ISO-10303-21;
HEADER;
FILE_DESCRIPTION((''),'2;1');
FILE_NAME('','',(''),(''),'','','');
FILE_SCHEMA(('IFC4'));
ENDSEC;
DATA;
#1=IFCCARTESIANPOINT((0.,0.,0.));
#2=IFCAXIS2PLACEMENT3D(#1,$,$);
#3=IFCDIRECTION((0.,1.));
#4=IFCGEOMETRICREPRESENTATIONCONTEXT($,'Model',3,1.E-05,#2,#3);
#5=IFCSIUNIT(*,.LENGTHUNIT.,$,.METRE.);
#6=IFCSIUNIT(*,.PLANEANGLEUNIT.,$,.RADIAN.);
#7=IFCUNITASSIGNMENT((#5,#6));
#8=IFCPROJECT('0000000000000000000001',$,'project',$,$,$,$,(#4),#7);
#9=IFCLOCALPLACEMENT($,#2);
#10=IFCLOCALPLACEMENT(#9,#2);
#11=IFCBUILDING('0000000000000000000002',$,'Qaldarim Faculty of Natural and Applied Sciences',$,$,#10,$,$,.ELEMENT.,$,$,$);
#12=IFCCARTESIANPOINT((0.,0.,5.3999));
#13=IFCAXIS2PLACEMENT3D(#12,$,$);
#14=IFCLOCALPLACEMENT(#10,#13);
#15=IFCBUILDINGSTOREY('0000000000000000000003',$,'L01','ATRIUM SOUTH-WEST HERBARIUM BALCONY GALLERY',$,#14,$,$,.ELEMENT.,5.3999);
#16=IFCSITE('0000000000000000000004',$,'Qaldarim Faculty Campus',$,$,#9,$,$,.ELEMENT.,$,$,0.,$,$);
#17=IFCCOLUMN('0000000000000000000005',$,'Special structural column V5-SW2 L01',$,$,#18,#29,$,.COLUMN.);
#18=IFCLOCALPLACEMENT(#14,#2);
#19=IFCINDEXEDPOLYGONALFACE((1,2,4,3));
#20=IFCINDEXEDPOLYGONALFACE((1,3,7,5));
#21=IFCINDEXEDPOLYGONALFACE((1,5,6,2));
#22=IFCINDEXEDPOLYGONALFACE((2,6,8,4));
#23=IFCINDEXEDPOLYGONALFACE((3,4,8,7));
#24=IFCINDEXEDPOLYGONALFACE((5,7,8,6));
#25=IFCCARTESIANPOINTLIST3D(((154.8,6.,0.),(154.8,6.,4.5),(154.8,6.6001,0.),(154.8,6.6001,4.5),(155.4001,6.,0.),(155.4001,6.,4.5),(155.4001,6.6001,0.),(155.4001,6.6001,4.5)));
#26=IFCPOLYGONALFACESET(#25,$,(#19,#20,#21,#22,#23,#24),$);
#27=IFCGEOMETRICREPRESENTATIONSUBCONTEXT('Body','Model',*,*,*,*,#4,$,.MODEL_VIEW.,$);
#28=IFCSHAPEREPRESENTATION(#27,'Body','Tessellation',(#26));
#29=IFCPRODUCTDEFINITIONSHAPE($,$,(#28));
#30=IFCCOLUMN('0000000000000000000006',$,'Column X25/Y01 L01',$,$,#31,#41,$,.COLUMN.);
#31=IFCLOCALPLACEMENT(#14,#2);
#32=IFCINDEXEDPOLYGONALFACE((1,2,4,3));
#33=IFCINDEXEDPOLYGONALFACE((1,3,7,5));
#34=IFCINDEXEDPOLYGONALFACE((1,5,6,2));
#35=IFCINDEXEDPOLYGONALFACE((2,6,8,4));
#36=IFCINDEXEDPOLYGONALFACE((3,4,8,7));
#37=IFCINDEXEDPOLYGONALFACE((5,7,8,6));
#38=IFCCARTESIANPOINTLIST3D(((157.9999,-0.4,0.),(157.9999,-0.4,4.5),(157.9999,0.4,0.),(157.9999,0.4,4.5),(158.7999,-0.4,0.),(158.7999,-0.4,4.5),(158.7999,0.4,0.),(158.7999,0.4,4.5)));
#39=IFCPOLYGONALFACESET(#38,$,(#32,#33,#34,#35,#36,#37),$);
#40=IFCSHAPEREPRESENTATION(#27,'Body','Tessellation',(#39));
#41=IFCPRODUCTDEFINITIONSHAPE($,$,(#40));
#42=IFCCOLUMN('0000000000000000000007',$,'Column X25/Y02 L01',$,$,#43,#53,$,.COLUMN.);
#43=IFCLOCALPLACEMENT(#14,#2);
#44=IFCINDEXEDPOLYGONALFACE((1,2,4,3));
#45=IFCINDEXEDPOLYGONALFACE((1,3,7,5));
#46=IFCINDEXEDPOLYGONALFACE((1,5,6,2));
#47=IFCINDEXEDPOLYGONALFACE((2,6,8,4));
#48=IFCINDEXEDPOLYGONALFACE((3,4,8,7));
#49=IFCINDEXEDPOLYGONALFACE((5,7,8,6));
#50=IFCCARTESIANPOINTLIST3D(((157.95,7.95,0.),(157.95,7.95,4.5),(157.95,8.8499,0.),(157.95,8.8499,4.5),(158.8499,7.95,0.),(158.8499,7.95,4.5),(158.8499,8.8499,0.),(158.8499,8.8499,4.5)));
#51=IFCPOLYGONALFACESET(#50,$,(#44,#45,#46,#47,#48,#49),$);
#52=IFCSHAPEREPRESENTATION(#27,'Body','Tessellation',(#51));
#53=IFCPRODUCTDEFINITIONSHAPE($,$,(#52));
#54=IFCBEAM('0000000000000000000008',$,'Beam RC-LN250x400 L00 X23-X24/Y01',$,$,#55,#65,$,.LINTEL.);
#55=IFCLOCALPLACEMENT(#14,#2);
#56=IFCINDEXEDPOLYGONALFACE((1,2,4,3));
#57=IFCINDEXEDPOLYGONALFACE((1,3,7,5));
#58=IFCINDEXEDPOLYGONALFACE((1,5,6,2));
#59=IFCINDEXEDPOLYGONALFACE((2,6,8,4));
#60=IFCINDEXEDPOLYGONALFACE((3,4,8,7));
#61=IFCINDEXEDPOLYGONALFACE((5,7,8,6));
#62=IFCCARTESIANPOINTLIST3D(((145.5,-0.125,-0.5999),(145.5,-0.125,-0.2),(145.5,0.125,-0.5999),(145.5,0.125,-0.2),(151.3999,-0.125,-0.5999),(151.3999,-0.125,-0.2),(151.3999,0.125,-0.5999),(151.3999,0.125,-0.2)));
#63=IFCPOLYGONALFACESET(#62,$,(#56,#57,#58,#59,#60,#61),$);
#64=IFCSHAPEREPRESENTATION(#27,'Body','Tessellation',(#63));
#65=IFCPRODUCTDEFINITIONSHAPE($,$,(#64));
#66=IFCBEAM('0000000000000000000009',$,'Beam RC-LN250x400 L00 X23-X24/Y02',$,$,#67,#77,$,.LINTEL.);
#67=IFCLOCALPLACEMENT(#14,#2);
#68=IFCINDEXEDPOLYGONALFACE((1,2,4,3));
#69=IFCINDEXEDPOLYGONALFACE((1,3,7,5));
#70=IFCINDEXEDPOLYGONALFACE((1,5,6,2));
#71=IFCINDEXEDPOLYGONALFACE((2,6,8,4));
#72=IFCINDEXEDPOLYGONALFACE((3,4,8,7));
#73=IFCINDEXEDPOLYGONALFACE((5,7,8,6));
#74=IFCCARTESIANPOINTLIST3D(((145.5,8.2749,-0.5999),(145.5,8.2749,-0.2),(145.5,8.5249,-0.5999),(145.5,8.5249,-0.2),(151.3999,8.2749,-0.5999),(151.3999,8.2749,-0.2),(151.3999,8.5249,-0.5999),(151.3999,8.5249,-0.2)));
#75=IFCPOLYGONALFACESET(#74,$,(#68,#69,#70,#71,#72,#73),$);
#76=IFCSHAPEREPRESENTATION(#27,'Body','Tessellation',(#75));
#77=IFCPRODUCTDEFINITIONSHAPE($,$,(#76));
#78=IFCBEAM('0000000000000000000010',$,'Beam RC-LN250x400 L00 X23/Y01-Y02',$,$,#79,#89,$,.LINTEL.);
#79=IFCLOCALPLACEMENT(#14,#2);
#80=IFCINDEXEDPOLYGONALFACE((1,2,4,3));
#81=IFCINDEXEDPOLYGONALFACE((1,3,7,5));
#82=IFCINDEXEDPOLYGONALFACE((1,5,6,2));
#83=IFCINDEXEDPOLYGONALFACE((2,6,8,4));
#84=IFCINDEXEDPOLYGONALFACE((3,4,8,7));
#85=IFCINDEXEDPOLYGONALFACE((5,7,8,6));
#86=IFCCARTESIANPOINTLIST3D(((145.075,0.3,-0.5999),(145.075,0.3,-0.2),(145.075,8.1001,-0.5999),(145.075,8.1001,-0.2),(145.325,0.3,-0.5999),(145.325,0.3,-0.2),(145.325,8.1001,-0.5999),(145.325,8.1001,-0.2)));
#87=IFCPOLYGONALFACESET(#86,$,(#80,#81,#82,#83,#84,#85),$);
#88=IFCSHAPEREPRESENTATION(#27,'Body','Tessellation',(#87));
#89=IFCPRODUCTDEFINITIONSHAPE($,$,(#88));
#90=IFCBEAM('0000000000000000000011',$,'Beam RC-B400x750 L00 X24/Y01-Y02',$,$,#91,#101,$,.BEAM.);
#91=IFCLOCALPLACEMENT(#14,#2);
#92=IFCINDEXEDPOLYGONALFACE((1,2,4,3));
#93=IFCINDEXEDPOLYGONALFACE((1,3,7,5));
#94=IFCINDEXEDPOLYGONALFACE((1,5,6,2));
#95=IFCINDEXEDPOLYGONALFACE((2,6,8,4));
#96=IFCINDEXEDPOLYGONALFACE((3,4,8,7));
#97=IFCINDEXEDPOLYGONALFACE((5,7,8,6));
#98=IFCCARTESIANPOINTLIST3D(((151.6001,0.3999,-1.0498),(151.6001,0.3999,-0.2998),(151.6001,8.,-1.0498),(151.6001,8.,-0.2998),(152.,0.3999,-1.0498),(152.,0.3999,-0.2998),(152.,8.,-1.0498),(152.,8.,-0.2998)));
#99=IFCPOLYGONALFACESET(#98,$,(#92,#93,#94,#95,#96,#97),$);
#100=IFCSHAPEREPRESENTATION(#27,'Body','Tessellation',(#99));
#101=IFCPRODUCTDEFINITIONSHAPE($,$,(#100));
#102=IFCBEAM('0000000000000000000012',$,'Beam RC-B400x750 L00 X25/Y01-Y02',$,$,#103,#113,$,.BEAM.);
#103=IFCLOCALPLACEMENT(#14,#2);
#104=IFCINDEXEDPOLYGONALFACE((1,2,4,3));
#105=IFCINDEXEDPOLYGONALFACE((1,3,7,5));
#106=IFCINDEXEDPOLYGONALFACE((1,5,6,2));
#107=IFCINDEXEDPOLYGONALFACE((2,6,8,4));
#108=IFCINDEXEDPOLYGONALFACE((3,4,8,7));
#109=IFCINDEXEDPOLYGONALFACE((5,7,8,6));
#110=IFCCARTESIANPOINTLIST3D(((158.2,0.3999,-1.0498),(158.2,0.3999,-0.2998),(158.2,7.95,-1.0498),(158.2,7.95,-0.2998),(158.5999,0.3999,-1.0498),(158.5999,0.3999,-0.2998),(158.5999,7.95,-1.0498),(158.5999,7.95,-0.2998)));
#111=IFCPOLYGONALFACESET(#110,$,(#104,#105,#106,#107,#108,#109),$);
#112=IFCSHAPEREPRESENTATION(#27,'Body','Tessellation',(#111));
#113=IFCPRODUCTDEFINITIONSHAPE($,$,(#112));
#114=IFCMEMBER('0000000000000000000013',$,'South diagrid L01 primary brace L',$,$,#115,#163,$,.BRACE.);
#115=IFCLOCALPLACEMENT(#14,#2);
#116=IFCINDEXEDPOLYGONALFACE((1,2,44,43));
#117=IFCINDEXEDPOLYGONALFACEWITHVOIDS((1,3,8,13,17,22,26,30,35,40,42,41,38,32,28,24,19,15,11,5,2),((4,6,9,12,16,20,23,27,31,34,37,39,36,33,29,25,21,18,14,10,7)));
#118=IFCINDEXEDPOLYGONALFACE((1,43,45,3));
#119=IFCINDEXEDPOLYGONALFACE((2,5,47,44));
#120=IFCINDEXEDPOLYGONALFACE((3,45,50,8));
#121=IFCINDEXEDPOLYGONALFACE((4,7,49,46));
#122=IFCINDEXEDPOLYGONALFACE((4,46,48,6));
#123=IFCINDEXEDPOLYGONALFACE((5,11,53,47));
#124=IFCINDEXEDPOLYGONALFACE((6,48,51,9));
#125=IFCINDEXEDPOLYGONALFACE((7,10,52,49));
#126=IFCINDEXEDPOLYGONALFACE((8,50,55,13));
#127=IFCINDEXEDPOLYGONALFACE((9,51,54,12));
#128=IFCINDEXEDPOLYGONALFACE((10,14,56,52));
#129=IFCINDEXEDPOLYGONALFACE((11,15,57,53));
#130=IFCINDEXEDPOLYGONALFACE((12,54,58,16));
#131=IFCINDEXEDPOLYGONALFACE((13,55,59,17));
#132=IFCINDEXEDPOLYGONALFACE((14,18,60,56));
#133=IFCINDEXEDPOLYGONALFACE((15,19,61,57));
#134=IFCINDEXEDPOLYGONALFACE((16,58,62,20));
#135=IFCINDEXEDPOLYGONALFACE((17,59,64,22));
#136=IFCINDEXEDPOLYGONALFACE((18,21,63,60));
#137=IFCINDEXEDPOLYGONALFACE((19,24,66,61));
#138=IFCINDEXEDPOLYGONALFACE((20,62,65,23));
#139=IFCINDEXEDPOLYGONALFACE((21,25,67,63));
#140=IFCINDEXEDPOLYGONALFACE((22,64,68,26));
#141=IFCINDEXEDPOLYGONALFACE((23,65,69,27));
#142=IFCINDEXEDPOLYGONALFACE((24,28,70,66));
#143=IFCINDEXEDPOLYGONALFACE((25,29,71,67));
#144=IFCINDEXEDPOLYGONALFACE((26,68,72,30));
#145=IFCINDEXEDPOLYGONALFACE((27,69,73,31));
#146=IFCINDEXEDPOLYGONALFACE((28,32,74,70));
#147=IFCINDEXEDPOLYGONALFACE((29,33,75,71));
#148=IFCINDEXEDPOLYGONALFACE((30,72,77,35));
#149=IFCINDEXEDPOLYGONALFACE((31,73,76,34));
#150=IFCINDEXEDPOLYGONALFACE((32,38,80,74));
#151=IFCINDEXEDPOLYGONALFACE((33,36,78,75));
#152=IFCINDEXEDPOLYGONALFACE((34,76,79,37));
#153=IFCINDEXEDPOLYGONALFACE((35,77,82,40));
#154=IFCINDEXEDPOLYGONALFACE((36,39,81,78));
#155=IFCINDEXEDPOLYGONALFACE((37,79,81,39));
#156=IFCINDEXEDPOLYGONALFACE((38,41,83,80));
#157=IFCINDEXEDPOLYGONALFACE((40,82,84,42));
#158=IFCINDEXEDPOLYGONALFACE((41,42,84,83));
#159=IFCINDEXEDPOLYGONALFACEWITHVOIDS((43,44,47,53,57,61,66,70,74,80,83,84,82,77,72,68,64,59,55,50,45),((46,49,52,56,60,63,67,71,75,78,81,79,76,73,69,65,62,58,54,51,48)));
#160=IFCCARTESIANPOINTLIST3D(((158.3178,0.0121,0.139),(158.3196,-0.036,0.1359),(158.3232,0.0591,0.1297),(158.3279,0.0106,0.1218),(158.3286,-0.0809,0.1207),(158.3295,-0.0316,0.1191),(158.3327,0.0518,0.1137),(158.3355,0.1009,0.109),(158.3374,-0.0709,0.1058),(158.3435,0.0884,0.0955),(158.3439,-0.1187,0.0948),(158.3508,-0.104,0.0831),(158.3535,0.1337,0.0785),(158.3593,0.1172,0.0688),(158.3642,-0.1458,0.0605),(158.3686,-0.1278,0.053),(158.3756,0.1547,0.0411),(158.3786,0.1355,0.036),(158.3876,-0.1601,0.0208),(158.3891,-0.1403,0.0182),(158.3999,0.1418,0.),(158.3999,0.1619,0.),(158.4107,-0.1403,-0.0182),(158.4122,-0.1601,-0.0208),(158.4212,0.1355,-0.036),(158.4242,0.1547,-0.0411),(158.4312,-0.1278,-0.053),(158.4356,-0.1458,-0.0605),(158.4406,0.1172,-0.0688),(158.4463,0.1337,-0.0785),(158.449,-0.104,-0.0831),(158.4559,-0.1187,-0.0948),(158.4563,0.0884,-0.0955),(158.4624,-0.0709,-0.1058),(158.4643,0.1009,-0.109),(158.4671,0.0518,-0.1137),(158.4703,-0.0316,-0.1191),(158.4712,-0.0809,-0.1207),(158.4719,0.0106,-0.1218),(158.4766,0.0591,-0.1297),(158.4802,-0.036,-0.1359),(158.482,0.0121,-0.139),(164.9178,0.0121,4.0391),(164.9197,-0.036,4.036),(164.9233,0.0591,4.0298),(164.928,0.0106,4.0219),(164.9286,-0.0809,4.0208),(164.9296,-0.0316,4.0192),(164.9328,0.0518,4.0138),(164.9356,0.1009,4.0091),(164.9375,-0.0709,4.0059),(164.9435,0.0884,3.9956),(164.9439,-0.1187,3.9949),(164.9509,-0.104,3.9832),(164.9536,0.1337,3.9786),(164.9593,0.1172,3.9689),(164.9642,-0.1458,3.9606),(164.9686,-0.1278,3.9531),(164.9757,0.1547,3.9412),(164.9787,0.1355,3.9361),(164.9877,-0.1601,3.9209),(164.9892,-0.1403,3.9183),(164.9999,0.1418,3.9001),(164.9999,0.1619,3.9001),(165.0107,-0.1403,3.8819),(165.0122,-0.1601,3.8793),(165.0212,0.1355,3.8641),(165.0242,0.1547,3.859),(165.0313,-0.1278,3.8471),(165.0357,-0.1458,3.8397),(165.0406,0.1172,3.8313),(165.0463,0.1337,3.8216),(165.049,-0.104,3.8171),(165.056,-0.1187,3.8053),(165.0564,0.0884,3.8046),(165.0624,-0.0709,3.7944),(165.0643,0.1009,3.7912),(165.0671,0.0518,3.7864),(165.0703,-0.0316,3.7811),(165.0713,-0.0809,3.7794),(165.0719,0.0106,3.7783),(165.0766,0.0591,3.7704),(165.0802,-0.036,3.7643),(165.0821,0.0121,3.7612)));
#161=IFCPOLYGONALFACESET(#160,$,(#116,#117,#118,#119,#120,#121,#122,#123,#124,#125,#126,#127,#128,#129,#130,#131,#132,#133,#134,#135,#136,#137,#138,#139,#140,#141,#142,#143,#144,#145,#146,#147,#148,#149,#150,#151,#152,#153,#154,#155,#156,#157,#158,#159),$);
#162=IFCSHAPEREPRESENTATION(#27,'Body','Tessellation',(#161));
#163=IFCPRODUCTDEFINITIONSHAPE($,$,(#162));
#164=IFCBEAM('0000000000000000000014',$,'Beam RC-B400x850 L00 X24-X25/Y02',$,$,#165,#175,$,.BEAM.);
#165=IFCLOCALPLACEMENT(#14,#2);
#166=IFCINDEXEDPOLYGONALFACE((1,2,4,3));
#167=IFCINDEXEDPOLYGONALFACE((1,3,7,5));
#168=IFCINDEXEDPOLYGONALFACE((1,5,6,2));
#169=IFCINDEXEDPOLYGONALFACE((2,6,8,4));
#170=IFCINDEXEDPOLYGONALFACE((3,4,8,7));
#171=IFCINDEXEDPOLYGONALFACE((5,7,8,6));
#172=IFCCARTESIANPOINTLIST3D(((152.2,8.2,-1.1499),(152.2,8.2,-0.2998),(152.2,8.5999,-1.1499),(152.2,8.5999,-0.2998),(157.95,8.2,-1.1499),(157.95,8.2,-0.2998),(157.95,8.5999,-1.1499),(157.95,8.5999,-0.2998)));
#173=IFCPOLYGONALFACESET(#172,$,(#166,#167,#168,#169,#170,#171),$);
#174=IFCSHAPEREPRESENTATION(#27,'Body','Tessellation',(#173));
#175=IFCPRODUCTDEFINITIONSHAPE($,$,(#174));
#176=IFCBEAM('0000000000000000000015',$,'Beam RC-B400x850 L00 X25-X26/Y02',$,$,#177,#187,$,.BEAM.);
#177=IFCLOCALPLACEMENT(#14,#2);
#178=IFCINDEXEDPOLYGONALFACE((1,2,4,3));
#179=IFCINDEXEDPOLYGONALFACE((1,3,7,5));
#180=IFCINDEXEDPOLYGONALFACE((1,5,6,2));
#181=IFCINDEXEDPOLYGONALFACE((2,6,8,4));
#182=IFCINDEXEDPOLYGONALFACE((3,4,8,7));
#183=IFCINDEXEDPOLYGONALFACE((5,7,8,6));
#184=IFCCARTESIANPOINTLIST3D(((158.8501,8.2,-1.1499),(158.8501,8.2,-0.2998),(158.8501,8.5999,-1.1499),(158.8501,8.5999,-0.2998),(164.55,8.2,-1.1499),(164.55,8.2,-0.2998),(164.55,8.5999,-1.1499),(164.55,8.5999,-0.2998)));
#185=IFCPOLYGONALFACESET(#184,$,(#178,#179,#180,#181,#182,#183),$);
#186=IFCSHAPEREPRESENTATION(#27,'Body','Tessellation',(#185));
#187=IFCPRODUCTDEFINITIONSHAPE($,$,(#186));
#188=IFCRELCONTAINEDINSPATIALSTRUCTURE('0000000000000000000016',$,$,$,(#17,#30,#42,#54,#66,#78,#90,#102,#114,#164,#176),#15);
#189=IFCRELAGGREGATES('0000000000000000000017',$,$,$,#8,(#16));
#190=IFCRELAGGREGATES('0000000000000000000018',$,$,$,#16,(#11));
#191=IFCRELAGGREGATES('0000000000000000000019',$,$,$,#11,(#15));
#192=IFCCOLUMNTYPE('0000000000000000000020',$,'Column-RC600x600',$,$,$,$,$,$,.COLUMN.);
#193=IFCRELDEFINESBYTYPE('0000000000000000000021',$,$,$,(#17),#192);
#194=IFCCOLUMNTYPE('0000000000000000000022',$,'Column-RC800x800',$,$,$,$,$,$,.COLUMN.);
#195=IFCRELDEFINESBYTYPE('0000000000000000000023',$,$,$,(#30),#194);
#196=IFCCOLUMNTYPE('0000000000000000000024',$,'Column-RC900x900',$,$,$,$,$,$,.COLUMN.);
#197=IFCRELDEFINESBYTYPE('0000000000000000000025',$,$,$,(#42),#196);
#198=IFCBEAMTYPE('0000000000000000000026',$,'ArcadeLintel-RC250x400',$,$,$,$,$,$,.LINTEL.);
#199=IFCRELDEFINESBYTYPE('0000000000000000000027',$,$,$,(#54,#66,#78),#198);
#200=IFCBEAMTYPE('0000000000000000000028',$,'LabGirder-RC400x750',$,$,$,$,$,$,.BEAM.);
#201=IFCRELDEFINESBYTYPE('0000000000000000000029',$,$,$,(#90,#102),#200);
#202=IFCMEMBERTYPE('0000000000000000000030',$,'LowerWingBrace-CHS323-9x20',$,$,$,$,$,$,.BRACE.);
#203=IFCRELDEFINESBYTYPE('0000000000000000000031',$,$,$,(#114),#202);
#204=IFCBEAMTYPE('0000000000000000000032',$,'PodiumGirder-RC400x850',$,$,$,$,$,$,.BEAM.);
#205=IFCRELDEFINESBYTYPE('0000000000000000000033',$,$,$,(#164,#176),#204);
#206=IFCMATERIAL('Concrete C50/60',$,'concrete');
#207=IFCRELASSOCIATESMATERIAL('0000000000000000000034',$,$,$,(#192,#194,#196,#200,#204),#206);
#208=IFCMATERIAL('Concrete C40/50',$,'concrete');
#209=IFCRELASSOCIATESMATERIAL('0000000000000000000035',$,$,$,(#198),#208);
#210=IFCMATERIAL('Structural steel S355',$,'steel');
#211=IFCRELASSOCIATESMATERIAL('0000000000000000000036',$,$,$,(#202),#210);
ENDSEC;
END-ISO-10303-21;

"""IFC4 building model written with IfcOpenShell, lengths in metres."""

from ifc_helpers import new_model, si_unit, direction, frame, origin, origin_2d, place, context, subcontext, project, spatial, rectangle, hollow_circle, extrude, material, material_profile, profile_set, type_object, element, save


model = new_model("IFC4")

# Units and contexts
model_context = context("Model", 3, precision=1e-05, world=origin(), true_north=direction((0.0, 1.0)))
body_context = subcontext(model_context, "Body", "Model", "MODEL_VIEW")
ifc_project = project(units=[si_unit("LENGTHUNIT", "METRE"), si_unit("PLANEANGLEUNIT", "RADIAN")], contexts=[model_context])

# Site, building, storey
site_placement = place(None, origin())
site = spatial("IfcSite", under=ifc_project, at=site_placement, Name="Qaldarim Faculty Campus", CompositionType="ELEMENT", RefElevation=0.0)
building_placement = place(site_placement, origin())
building = spatial("IfcBuilding", under=site, at=building_placement, Name="Qaldarim Faculty of Natural and Applied Sciences", CompositionType="ELEMENT")
storey_placement = place(building_placement, frame((0.0, 0.0, 5.3999)))
storey = spatial("IfcBuildingStorey", under=building, at=storey_placement, Name="L01", Description="ATRIUM SOUTH-WEST HERBARIUM BALCONY GALLERY", CompositionType="ELEMENT", Elevation=5.3999)

# Columns
ifc_material_1 = material(Name="Concrete C50/60", Category="concrete")
ifc_material_profile_1 = material_profile(ifc_material_1, rectangle(XDim=0.6001, YDim=0.6001, at=origin_2d()), Name="RC-C600x600")
ifc_profile_set_1 = profile_set([ifc_material_profile_1], Name="Concrete C50/60")
column_type_1 = type_object("IfcColumnType", Name="Column-RC600x600", PredefinedType="COLUMN", material=ifc_profile_set_1)
column_1_placement = place(storey_placement, frame((155.1001, 6.3, 0.0), z_axis=(0.0, 0.0, 1.0), x_axis=(1.0, 0.0, 0.0)))
element("IfcColumn", 1, at=column_1_placement, inside=storey, type_object=column_type_1, Name="Special structural column V5-SW2 L01", PredefinedType="COLUMN", context=body_context, shape_type="SweptSolid", body=[
    extrude(rectangle(XDim=0.6001, YDim=0.6001, at=origin_2d()), origin(), (0.0, 0.0, 1.0), 4.5),
])
ifc_material_profile_2 = material_profile(ifc_material_1, rectangle(XDim=0.8, YDim=0.8, at=origin_2d()), Name="RC-C800x800")
ifc_profile_set_2 = profile_set([ifc_material_profile_2], Name="Concrete C50/60")
column_type_2 = type_object("IfcColumnType", Name="Column-RC800x800", PredefinedType="COLUMN", material=ifc_profile_set_2)
column_2_placement = place(storey_placement, frame((158.3999, 0.0, 0.0), z_axis=(0.0, 0.0, 1.0), x_axis=(1.0, 0.0, 0.0)))
element("IfcColumn", 2, at=column_2_placement, inside=storey, type_object=column_type_2, Name="Column X25/Y01 L01", PredefinedType="COLUMN", context=body_context, shape_type="SweptSolid", body=[
    extrude(rectangle(XDim=0.8, YDim=0.8, at=origin_2d()), origin(), (0.0, 0.0, 1.0), 4.5),
])
ifc_material_profile_3 = material_profile(ifc_material_1, rectangle(XDim=0.8999, YDim=0.8999, at=origin_2d()), Name="RC-C900x900")
ifc_profile_set_3 = profile_set([ifc_material_profile_3], Name="Concrete C50/60")
column_type_3 = type_object("IfcColumnType", Name="Column-RC900x900", PredefinedType="COLUMN", material=ifc_profile_set_3)
column_3_placement = place(storey_placement, frame((158.3999, 8.3999, 0.0), z_axis=(0.0, 0.0, 1.0), x_axis=(1.0, 0.0, 0.0)))
element("IfcColumn", 3, at=column_3_placement, inside=storey, type_object=column_type_3, Name="Column X25/Y02 L01", PredefinedType="COLUMN", context=body_context, shape_type="SweptSolid", body=[
    extrude(rectangle(XDim=0.8999, YDim=0.8999, at=origin_2d()), origin(), (0.0, 0.0, 1.0), 4.5),
])

# Beams
ifc_material_2 = material(Name="Concrete C40/50", Category="concrete")
ifc_material_profile_4 = material_profile(ifc_material_2, rectangle(XDim=0.25, YDim=0.3999, at=origin_2d()), Name="RC-LN250x400")
ifc_profile_set_4 = profile_set([ifc_material_profile_4], Name="Concrete C40/50")
beam_type_1 = type_object("IfcBeamType", Name="ArcadeLintel-RC250x400", PredefinedType="LINTEL", material=ifc_profile_set_4)
for number, where, z_axis, x_axis, name in (
    (4, (145.5, 0.0, -0.3999), (1.0, 0.0, 0.0), (0.0, 1.0, 0.0), "Beam RC-LN250x400 L00 X23-X24/Y01"),
    (5, (145.5, 8.3999, -0.3999), (1.0, 0.0, 0.0), (0.0, 1.0, 0.0), "Beam RC-LN250x400 L00 X23-X24/Y02"),
):
    element("IfcBeam", number, at=place(storey_placement, frame(where, z_axis=z_axis, x_axis=x_axis)), inside=storey, type_object=beam_type_1, Name=name, PredefinedType="LINTEL", context=body_context, shape_type="SweptSolid", body=[
        extrude(rectangle(XDim=0.25, YDim=0.3999, at=origin_2d()), origin(), (0.0, 0.0, 1.0), 5.8999),
    ])
beam_1_placement = place(storey_placement, frame((145.2, 0.3, -0.3999), z_axis=(0.0, 1.0, 0.0), x_axis=(-1.0, 0.0, 0.0)))
element("IfcBeam", 6, at=beam_1_placement, inside=storey, type_object=beam_type_1, Name="Beam RC-LN250x400 L00 X23/Y01-Y02", PredefinedType="LINTEL", context=body_context, shape_type="SweptSolid", body=[
    extrude(rectangle(XDim=0.25, YDim=0.3999, at=origin_2d()), origin(), (0.0, 0.0, 1.0), 7.8),
])
ifc_material_profile_5 = material_profile(ifc_material_1, rectangle(XDim=0.3999, YDim=0.75, at=origin_2d()), Name="RC-B400x750")
ifc_profile_set_5 = profile_set([ifc_material_profile_5], Name="Concrete C50/60")
beam_type_2 = type_object("IfcBeamType", Name="LabGirder-RC400x750", PredefinedType="BEAM", material=ifc_profile_set_5)
beam_2_placement = place(storey_placement, frame((151.8, 0.3999, -0.6748), z_axis=(0.0, 1.0, 0.0), x_axis=(-1.0, 0.0, 0.0)))
element("IfcBeam", 7, at=beam_2_placement, inside=storey, type_object=beam_type_2, Name="Beam RC-B400x750 L00 X24/Y01-Y02", PredefinedType="BEAM", context=body_context, shape_type="SweptSolid", body=[
    extrude(rectangle(XDim=0.3999, YDim=0.75, at=origin_2d()), origin(), (0.0, 0.0, 1.0), 7.6001),
])
beam_3_placement = place(storey_placement, frame((158.3999, 0.3999, -0.6748), z_axis=(0.0, 1.0, 0.0), x_axis=(-1.0, 0.0, 0.0)))
element("IfcBeam", 8, at=beam_3_placement, inside=storey, type_object=beam_type_2, Name="Beam RC-B400x750 L00 X25/Y01-Y02", PredefinedType="BEAM", context=body_context, shape_type="SweptSolid", body=[
    extrude(rectangle(XDim=0.3999, YDim=0.75, at=origin_2d()), origin(), (0.0, 0.0, 1.0), 7.55),
])

# Member
ifc_material_3 = material(Name="Structural steel S355", Category="steel")
ifc_material_profile_6 = material_profile(ifc_material_3, hollow_circle(Radius=0.1619, WallThickness=0.02, at=origin_2d()), Name="CHS 323.9x20.0")
ifc_profile_set_6 = profile_set([ifc_material_profile_6], Name="Structural steel S355")
member_type = type_object("IfcMemberType", Name="LowerWingBrace-CHS323-9x20", PredefinedType="BRACE", material=ifc_profile_set_6)
member_placement = place(storey_placement, frame((158.3999, 0.0, 0.0), z_axis=(0.860921, 0.0, 0.508738), x_axis=(0.0, 1.0, 0.0)))
element("IfcMember", 9, at=member_placement, inside=storey, type_object=member_type, Name="South diagrid L01 primary brace L", PredefinedType="BRACE", context=body_context, shape_type="SweptSolid", body=[
    extrude(hollow_circle(Radius=0.1619, WallThickness=0.02, at=origin_2d()), origin(), (0.0, 0.0, 1.0), 7.6663),
])

# Beams
ifc_material_profile_7 = material_profile(ifc_material_1, rectangle(XDim=0.3999, YDim=0.8501, at=origin_2d()), Name="RC-B400x850")
ifc_profile_set_7 = profile_set([ifc_material_profile_7], Name="Concrete C50/60")
beam_type_3 = type_object("IfcBeamType", Name="PodiumGirder-RC400x850", PredefinedType="BEAM", material=ifc_profile_set_7)
beam_4_placement = place(storey_placement, frame((152.2, 8.3999, -0.7249), z_axis=(1.0, 0.0, 0.0), x_axis=(0.0, 1.0, 0.0)))
element("IfcBeam", 10, at=beam_4_placement, inside=storey, type_object=beam_type_3, Name="Beam RC-B400x850 L00 X24-X25/Y02", PredefinedType="BEAM", context=body_context, shape_type="SweptSolid", body=[
    extrude(rectangle(XDim=0.3999, YDim=0.8501, at=origin_2d()), origin(), (0.0, 0.0, 1.0), 5.75),
])
beam_5_placement = place(storey_placement, frame((158.8501, 8.3999, -0.7249), z_axis=(1.0, 0.0, 0.0), x_axis=(0.0, 1.0, 0.0)))
element("IfcBeam", 11, at=beam_5_placement, inside=storey, type_object=beam_type_3, Name="Beam RC-B400x850 L00 X25-X26/Y02", PredefinedType="BEAM", context=body_context, shape_type="SweptSolid", body=[
    extrude(rectangle(XDim=0.3999, YDim=0.8501, at=origin_2d()), origin(), (0.0, 0.0, 1.0), 5.7),
])

save(model, "model.ifc")
